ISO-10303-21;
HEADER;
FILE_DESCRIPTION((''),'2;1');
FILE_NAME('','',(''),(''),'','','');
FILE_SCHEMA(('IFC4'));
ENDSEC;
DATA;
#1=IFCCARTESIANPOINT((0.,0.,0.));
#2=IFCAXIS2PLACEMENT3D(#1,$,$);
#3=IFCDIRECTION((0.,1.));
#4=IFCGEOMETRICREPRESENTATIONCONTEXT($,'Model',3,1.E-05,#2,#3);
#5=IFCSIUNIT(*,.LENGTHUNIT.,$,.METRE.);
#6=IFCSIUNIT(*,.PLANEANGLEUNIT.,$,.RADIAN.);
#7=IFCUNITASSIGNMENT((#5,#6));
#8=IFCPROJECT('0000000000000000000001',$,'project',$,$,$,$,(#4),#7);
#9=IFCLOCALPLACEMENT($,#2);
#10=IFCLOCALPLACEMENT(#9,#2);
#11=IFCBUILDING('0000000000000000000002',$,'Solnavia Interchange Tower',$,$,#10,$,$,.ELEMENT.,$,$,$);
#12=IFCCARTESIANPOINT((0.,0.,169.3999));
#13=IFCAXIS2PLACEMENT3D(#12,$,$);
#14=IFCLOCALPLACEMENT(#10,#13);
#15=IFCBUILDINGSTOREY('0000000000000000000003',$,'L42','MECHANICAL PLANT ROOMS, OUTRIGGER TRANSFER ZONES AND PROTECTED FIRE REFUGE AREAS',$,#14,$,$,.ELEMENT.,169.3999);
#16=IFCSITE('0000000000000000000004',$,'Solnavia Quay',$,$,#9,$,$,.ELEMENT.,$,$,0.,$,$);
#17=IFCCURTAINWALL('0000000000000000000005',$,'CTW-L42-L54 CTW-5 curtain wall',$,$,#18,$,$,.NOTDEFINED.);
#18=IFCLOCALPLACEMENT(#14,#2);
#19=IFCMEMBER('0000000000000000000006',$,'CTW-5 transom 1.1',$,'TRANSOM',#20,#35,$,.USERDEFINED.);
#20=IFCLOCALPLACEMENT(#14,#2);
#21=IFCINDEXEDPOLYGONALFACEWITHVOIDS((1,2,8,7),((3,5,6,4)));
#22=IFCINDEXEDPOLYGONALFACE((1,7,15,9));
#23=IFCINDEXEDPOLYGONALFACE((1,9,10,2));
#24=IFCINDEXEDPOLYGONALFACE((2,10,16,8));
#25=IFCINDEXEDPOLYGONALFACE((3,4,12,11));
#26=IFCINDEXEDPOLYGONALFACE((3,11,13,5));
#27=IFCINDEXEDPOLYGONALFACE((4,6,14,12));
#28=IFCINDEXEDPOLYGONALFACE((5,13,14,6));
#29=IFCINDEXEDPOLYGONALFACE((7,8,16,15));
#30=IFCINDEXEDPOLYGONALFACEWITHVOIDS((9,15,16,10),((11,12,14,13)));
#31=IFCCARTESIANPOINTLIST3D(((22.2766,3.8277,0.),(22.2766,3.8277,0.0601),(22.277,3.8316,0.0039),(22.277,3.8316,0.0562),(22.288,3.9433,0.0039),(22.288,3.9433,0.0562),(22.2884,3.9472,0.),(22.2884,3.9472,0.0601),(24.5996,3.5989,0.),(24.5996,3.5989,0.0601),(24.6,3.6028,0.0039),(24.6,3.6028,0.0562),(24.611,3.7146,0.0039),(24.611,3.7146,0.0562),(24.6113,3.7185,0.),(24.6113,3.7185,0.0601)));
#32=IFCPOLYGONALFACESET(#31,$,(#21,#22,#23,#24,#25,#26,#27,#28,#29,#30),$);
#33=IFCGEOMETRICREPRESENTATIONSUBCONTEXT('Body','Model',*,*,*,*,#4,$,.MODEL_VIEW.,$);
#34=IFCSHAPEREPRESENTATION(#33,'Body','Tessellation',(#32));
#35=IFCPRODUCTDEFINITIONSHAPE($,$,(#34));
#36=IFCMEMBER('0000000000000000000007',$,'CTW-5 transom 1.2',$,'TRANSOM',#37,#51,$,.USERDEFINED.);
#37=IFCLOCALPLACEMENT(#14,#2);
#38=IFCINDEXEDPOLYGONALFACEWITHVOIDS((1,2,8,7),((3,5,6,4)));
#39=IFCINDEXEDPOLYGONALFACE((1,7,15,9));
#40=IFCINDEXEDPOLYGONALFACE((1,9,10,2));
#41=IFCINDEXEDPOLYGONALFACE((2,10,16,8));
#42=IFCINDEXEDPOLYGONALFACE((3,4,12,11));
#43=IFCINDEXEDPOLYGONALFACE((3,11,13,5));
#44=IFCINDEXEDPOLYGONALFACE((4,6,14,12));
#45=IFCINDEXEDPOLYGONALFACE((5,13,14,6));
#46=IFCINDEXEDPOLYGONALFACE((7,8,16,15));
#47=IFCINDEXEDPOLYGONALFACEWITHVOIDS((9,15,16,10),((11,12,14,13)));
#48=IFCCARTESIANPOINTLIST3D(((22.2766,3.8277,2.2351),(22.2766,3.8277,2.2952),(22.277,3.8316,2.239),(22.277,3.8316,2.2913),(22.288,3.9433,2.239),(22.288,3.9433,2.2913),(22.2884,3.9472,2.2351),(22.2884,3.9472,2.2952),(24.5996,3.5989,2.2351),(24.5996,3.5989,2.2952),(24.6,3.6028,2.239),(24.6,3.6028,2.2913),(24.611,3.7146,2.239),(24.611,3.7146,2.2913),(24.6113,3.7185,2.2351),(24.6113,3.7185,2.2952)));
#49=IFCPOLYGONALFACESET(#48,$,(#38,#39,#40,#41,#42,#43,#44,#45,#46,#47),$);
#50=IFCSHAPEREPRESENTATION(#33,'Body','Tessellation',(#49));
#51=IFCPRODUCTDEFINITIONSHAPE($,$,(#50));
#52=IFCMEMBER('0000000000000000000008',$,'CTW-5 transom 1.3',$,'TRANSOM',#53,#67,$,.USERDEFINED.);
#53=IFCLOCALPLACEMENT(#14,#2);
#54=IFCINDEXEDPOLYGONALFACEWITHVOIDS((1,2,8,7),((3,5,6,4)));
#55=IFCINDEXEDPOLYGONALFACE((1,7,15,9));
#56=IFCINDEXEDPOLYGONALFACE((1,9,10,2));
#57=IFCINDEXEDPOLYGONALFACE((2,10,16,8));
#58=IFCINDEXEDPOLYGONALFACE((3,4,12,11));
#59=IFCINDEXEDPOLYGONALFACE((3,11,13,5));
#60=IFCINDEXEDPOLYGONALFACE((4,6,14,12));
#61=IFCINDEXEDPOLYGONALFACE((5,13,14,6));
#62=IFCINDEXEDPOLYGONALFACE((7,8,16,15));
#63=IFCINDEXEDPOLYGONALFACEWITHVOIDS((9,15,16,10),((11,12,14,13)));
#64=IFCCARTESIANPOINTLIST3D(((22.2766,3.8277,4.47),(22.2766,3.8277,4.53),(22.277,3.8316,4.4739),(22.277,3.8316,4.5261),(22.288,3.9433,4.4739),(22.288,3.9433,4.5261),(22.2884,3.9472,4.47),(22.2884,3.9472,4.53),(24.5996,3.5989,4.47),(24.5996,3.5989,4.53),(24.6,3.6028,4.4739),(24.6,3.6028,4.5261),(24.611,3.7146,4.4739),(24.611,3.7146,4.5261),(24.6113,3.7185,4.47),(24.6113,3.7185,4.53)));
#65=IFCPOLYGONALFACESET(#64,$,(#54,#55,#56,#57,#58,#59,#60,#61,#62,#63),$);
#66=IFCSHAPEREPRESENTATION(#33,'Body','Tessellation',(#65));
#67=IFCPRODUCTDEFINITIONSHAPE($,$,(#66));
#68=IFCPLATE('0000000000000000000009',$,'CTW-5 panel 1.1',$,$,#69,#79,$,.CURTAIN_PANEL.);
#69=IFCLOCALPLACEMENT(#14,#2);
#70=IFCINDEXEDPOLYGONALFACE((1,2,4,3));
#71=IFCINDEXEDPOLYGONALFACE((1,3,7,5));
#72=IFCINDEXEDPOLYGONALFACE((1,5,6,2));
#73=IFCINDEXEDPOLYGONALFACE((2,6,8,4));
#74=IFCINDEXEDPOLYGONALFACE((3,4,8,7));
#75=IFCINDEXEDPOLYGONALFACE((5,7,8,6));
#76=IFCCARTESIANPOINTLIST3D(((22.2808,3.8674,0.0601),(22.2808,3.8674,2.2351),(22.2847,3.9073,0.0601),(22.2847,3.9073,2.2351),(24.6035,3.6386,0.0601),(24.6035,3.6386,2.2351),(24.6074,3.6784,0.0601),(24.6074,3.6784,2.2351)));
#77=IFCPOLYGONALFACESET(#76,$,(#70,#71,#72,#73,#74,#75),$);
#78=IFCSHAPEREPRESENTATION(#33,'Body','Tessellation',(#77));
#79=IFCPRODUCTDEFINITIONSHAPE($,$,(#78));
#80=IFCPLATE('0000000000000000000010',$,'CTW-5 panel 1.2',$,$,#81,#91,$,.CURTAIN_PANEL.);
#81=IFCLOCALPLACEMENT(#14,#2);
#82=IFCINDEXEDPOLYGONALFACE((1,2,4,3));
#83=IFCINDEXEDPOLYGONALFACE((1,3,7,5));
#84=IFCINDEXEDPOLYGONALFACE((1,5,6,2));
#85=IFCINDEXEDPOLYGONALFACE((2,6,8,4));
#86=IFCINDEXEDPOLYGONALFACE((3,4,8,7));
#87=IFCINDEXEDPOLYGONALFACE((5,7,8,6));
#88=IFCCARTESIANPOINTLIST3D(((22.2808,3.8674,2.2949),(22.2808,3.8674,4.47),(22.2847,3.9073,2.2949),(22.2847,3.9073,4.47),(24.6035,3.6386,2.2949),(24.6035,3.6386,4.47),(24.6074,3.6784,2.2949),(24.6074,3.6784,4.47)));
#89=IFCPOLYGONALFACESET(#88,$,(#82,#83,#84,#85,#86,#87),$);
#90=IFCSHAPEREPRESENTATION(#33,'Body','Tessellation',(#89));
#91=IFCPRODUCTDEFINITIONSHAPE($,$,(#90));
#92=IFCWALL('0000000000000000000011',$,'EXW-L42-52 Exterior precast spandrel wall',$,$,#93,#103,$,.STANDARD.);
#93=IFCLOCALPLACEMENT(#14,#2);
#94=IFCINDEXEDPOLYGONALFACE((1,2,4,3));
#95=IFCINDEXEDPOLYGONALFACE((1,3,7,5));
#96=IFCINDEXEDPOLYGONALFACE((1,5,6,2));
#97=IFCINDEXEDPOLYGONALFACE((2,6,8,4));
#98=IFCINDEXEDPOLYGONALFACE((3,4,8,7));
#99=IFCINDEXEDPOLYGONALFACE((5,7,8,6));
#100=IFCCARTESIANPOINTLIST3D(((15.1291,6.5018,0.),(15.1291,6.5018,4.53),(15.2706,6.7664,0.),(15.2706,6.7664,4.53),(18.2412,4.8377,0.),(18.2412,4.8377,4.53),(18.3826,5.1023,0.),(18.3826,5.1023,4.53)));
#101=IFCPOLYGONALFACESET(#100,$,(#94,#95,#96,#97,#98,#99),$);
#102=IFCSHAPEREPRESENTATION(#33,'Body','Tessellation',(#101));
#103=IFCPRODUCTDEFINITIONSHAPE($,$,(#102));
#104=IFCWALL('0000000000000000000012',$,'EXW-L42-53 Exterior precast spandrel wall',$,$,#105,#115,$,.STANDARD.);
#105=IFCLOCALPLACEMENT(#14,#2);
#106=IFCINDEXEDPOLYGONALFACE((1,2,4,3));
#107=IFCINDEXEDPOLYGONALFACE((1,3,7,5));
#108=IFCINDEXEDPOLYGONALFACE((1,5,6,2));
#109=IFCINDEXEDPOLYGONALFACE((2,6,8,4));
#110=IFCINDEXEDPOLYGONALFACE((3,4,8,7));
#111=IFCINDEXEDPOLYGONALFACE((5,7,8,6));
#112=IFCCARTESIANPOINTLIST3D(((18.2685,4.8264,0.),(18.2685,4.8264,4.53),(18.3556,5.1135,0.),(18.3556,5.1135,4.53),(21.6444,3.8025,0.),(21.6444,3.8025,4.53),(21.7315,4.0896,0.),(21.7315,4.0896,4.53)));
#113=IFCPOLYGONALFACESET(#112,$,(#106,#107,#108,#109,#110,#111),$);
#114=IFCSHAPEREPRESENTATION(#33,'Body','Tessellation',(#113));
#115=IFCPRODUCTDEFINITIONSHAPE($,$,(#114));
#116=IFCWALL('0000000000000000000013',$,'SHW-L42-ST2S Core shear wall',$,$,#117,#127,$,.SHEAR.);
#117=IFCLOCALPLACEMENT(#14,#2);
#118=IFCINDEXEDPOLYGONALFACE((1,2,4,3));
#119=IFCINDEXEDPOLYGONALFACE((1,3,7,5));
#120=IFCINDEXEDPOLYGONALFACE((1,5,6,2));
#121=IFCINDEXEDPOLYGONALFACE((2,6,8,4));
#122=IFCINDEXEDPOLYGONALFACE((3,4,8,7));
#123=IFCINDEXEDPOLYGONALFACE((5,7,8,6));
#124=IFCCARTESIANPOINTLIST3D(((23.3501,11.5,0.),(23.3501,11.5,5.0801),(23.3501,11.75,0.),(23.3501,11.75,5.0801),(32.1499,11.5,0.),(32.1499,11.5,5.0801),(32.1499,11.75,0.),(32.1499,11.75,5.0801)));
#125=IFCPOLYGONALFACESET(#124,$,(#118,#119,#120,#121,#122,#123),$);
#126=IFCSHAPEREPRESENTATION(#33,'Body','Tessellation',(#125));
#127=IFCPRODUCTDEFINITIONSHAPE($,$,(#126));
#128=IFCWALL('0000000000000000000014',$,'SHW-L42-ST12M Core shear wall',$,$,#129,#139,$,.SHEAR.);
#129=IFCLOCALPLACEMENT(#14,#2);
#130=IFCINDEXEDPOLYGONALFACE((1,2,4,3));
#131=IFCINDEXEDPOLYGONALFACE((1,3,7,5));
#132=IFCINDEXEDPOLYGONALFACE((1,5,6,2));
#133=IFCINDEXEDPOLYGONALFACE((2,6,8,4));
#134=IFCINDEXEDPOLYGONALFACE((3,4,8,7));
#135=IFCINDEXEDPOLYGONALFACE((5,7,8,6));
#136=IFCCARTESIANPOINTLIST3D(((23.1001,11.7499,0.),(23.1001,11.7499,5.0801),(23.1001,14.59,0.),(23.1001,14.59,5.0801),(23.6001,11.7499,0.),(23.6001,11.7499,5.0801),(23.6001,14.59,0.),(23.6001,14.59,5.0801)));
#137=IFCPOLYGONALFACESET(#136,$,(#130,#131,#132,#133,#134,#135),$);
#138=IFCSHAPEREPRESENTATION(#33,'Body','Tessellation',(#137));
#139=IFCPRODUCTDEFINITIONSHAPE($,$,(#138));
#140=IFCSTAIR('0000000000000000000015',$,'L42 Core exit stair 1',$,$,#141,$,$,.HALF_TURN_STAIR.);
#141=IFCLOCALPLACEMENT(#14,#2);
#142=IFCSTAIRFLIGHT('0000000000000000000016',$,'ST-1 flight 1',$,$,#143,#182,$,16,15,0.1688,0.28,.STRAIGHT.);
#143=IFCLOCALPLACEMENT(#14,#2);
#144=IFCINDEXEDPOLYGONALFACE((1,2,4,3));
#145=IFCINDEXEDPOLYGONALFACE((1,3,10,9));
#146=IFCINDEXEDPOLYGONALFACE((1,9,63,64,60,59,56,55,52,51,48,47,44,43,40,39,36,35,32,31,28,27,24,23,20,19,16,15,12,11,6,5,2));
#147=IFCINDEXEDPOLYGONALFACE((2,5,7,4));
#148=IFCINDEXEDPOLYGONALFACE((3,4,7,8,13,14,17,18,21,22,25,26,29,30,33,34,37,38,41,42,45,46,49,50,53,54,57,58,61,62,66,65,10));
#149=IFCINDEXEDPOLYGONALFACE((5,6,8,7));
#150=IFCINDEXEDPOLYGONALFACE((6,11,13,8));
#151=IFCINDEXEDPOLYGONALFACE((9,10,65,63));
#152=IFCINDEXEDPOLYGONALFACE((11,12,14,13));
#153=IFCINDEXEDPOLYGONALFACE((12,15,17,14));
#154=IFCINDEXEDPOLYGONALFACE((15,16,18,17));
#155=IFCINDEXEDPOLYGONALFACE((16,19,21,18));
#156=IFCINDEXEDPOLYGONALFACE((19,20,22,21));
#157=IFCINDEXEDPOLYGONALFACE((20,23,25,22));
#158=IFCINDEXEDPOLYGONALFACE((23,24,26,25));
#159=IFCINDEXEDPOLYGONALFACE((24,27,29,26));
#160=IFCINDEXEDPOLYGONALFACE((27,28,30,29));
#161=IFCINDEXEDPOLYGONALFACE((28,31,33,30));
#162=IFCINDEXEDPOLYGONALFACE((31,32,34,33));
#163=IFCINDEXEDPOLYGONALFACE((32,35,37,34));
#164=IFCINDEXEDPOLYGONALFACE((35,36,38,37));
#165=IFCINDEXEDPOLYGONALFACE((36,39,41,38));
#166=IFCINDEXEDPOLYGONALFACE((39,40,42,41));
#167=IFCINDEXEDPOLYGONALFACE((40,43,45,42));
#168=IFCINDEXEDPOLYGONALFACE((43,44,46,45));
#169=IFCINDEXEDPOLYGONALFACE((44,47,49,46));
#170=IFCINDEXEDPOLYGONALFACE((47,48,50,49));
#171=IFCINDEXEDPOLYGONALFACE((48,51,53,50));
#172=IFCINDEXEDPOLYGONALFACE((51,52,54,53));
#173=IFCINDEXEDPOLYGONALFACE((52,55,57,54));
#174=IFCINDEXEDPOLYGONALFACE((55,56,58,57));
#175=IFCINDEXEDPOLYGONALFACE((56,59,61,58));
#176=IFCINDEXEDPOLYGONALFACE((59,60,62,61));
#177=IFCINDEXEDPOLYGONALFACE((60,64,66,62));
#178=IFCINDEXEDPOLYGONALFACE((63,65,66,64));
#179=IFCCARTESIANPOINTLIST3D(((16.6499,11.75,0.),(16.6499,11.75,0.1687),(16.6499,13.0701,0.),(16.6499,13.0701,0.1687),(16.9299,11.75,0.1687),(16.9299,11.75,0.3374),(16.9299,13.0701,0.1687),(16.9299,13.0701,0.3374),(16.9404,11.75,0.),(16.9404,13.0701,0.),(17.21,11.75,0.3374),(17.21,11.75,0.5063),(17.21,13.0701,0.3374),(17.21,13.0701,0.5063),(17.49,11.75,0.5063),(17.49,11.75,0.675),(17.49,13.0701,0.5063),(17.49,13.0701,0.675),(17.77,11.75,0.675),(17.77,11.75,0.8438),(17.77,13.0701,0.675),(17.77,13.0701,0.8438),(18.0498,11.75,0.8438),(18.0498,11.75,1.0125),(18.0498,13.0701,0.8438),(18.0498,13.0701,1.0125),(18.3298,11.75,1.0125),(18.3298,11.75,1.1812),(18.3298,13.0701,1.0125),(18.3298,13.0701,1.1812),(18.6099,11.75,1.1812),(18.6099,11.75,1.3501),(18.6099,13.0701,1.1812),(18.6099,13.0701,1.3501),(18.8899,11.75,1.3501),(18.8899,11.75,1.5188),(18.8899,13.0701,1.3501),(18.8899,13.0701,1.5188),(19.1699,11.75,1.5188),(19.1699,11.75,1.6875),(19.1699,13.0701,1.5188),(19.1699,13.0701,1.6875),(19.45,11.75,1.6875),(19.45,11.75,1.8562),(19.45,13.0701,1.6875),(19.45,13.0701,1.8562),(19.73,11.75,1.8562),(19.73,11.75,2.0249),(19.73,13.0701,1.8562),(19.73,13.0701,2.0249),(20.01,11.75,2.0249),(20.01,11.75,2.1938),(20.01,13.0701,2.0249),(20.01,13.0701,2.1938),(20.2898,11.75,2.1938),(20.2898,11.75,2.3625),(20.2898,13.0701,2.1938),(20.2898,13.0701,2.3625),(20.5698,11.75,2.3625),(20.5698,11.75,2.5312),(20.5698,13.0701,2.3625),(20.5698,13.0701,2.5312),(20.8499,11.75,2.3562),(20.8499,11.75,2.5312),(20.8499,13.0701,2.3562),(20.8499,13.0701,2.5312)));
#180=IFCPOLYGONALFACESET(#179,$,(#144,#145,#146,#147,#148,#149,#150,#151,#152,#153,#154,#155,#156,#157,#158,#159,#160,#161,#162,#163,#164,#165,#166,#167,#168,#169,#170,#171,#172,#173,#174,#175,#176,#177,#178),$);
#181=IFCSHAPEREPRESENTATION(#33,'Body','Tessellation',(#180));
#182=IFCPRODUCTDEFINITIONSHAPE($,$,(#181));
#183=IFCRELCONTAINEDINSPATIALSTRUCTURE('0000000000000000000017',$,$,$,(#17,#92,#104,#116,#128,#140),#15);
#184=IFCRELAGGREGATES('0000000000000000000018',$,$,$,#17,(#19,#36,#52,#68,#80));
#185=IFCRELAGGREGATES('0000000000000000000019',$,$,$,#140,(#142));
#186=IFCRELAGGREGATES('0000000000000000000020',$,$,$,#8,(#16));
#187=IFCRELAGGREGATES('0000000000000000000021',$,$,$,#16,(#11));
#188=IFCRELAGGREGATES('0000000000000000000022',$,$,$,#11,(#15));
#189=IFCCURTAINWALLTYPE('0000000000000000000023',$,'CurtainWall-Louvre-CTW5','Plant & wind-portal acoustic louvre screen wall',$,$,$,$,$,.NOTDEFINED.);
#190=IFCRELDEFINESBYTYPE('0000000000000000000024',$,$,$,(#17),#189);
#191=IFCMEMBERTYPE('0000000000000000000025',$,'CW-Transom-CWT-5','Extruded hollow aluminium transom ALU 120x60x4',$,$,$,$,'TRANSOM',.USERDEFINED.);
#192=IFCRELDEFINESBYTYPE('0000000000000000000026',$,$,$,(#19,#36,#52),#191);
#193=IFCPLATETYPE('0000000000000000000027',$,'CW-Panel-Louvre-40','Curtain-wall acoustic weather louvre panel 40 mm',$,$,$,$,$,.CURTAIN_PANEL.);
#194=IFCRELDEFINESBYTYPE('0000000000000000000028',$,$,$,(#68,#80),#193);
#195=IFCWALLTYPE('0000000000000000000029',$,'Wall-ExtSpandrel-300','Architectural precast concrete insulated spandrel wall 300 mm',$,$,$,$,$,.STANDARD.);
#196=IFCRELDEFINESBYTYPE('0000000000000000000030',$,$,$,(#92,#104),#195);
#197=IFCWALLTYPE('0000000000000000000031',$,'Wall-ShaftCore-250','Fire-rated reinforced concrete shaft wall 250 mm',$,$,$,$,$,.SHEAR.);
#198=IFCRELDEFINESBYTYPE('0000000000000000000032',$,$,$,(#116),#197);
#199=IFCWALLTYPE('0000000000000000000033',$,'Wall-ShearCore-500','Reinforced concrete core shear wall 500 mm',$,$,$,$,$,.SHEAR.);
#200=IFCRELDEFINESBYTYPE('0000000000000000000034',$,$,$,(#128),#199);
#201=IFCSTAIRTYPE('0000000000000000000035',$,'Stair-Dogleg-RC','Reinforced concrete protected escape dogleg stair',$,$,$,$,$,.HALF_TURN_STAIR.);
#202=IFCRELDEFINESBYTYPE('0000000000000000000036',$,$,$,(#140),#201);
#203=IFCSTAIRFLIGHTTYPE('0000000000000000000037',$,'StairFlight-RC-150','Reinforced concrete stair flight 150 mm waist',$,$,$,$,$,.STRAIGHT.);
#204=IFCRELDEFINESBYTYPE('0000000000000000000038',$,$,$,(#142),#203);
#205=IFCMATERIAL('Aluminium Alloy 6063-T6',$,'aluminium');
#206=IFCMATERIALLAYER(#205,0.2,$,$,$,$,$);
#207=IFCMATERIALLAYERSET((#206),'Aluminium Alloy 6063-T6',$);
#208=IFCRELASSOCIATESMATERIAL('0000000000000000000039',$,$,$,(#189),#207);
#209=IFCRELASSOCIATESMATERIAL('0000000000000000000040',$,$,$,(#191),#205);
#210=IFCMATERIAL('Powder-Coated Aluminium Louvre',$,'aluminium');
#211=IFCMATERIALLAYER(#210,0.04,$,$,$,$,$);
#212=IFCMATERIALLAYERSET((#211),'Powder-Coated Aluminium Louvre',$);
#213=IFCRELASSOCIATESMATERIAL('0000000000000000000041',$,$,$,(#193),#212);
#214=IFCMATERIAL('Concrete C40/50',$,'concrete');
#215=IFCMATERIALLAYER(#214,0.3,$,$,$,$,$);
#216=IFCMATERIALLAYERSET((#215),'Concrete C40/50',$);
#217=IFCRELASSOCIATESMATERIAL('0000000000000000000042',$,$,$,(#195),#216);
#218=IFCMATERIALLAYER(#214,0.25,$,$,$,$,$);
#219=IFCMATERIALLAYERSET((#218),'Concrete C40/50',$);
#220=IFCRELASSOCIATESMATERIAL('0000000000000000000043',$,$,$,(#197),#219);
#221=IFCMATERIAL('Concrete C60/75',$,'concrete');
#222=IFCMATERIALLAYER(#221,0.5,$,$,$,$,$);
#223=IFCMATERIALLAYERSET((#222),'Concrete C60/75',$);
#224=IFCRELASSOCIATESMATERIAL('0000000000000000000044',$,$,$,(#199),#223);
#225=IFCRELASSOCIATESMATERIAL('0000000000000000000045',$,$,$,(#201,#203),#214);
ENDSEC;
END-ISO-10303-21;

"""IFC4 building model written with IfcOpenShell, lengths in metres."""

from ifc_helpers import new_model, si_unit, direction, frame, frame_2d, origin, origin_2d, place, context, subcontext, project, spatial, polyline, rectangle, hollow_rectangle, outline, extrude, material, layer, layer_set, material_profile, profile_set, type_object, element, aggregate, save


model = new_model("IFC4")

# Units and contexts
model_context = context("Model", 3, precision=1e-05, world=origin(), true_north=direction((0.0, 1.0)))
body_context = subcontext(model_context, "Body", "Model", "MODEL_VIEW")
ifc_project = project(units=[si_unit("LENGTHUNIT", "METRE"), si_unit("PLANEANGLEUNIT", "RADIAN")], contexts=[model_context])

# Site, building, storey
site_placement = place(None, origin())
site = spatial("IfcSite", under=ifc_project, at=site_placement, Name="Solnavia Quay", CompositionType="ELEMENT", RefElevation=0.0)
building_placement = place(site_placement, origin())
building = spatial("IfcBuilding", under=site, at=building_placement, Name="Solnavia Interchange Tower", CompositionType="ELEMENT")
storey_placement = place(building_placement, frame((0.0, 0.0, 169.3999)))
storey = spatial("IfcBuildingStorey", under=building, at=storey_placement, Name="L42", Description="MECHANICAL PLANT ROOMS, OUTRIGGER TRANSFER ZONES AND PROTECTED FIRE REFUGE AREAS", CompositionType="ELEMENT", Elevation=169.3999)

# Curtain wall, members, plates
ifc_material_1 = material(Name="Aluminium Alloy 6063-T6", Category="aluminium")
ifc_layer_1 = layer(ifc_material_1, 0.2)
ifc_layer_set_1 = layer_set([ifc_layer_1], Name="Aluminium Alloy 6063-T6")
curtain_wall_type = type_object("IfcCurtainWallType", Name="CurtainWall-Louvre-CTW5", Description="Plant & wind-portal acoustic louvre screen wall", PredefinedType="NOTDEFINED", material=ifc_layer_set_1)
curtain_wall_placement = place(storey_placement, origin())
curtain_wall = element("IfcCurtainWall", 1, at=curtain_wall_placement, inside=storey, type_object=curtain_wall_type, Name="CTW-L42-L54 CTW-5 curtain wall", PredefinedType="NOTDEFINED")
ifc_material_profile_1 = material_profile(ifc_material_1, hollow_rectangle(XDim=0.0601, YDim=0.1201, WallThickness=0.0039, at=origin_2d()), Name="ALU 120x60x4")
ifc_profile_set_1 = profile_set([ifc_material_profile_1], Name="Aluminium Alloy 6063-T6")
member_type_1 = type_object("IfcMemberType", Name="CW-Transom-CWT-5", Description="Extruded hollow aluminium transom ALU 120x60x4", ElementType="TRANSOM", PredefinedType="USERDEFINED", material=ifc_profile_set_1)
member_1_placement = place(storey_placement, frame((22.2825, 3.8875, 0.03), z_axis=(0.995186, -0.098002, 0.0), x_axis=(0.0, 0.0, 1.0)))
member_1 = element("IfcMember", 2, at=member_1_placement, type_object=member_type_1, Name="CTW-5 transom 1.1", ObjectType="TRANSOM", PredefinedType="USERDEFINED", context=body_context, shape_type="SweptSolid", body=[
    extrude(hollow_rectangle(XDim=0.0601, YDim=0.1201, WallThickness=0.0039, at=origin_2d()), origin(), (0.0, 0.0, 1.0), 2.3342),
])
member_2_placement = place(storey_placement, frame((22.2825, 3.8875, 2.2651), z_axis=(0.995186, -0.098002, 0.0), x_axis=(0.0, 0.0, 1.0)))
member_2 = element("IfcMember", 3, at=member_2_placement, type_object=member_type_1, Name="CTW-5 transom 1.2", ObjectType="TRANSOM", PredefinedType="USERDEFINED", context=body_context, shape_type="SweptSolid", body=[
    extrude(hollow_rectangle(XDim=0.0601, YDim=0.1201, WallThickness=0.0039, at=origin_2d()), origin(), (0.0, 0.0, 1.0), 2.3342),
])
member_3_placement = place(storey_placement, frame((22.2825, 3.8875, 4.5), z_axis=(0.995186, -0.098002, 0.0), x_axis=(0.0, 0.0, 1.0)))
member_3 = element("IfcMember", 4, at=member_3_placement, type_object=member_type_1, Name="CTW-5 transom 1.3", ObjectType="TRANSOM", PredefinedType="USERDEFINED", context=body_context, shape_type="SweptSolid", body=[
    extrude(hollow_rectangle(XDim=0.0601, YDim=0.1201, WallThickness=0.0039, at=origin_2d()), origin(), (0.0, 0.0, 1.0), 2.3342),
])
ifc_material_2 = material(Name="Powder-Coated Aluminium Louvre", Category="aluminium")
ifc_layer_2 = layer(ifc_material_2, 0.04)
ifc_layer_set_2 = layer_set([ifc_layer_2], Name="Powder-Coated Aluminium Louvre")
plate_type = type_object("IfcPlateType", Name="CW-Panel-Louvre-40", Description="Curtain-wall acoustic weather louvre panel 40 mm", PredefinedType="CURTAIN_PANEL", material=ifc_layer_set_2)
plate_1_placement = place(storey_placement, frame((23.4441, 3.7729, 0.0601), z_axis=(0.0, 0.0, 1.0), x_axis=(0.995182, -0.098049, 0.0)))
plate_1 = element("IfcPlate", 5, at=plate_1_placement, type_object=plate_type, Name="CTW-5 panel 1.1", PredefinedType="CURTAIN_PANEL", context=body_context, shape_type="SweptSolid", body=[
    extrude(rectangle(XDim=2.334, YDim=0.04, at=origin_2d()), origin(), (0.0, 0.0, 1.0), 2.175),
])
plate_2_placement = place(storey_placement, frame((23.4441, 3.7729, 2.2949), z_axis=(0.0, 0.0, 1.0), x_axis=(0.995182, -0.098049, 0.0)))
plate_2 = element("IfcPlate", 6, at=plate_2_placement, type_object=plate_type, Name="CTW-5 panel 1.2", PredefinedType="CURTAIN_PANEL", context=body_context, shape_type="SweptSolid", body=[
    extrude(rectangle(XDim=2.334, YDim=0.04, at=origin_2d()), origin(), (0.0, 0.0, 1.0), 2.175),
])
aggregate(curtain_wall, [member_1, member_2, member_3, plate_1, plate_2])

# Walls
ifc_material_3 = material(Name="Concrete C40/50", Category="concrete")
ifc_layer_3 = layer(ifc_material_3, 0.3)
ifc_layer_set_3 = layer_set([ifc_layer_3], Name="Concrete C40/50")
wall_type_1 = type_object("IfcWallType", Name="Wall-ExtSpandrel-300", Description="Architectural precast concrete insulated spandrel wall 300 mm", PredefinedType="STANDARD", material=ifc_layer_set_3)
wall_1_placement = place(storey_placement, frame((18.312, 4.97, 0.0), z_axis=(0.0, 0.0, 1.0), x_axis=(-0.881847, 0.471536, 0.0)))
element("IfcWall", 7, at=wall_1_placement, inside=storey, type_object=wall_type_1, Name="EXW-L42-52 Exterior precast spandrel wall", PredefinedType="STANDARD", context=body_context, shape_type="SweptSolid", body=[
    extrude(rectangle(XDim=3.5291, YDim=0.3, at=frame_2d((1.7646, 0.0))), origin(), (0.0, 0.0, 1.0), 4.53),
])
wall_2_placement = place(storey_placement, frame((21.688, 3.946, 0.0), z_axis=(0.0, 0.0, 1.0), x_axis=(-0.956953, 0.290242, 0.0)))
element("IfcWall", 8, at=wall_2_placement, inside=storey, type_object=wall_type_1, Name="EXW-L42-53 Exterior precast spandrel wall", PredefinedType="STANDARD", context=body_context, shape_type="SweptSolid", body=[
    extrude(rectangle(XDim=3.5278, YDim=0.3, at=frame_2d((1.7639, 0.0))), origin(), (0.0, 0.0, 1.0), 4.53),
])
ifc_layer_4 = layer(ifc_material_3, 0.25)
ifc_layer_set_4 = layer_set([ifc_layer_4], Name="Concrete C40/50")
wall_type_2 = type_object("IfcWallType", Name="Wall-ShaftCore-250", Description="Fire-rated reinforced concrete shaft wall 250 mm", PredefinedType="SHEAR", material=ifc_layer_set_4)
wall_3_placement = place(storey_placement, frame((23.3501, 11.625, 0.0), z_axis=(0.0, 0.0, 1.0), x_axis=(1.0, 0.0, 0.0)))
element("IfcWall", 9, at=wall_3_placement, inside=storey, type_object=wall_type_2, Name="SHW-L42-ST2S Core shear wall", PredefinedType="SHEAR", context=body_context, shape_type="SweptSolid", body=[
    extrude(rectangle(XDim=8.7998, YDim=0.25, at=frame_2d((4.3999, 0.0))), origin(), (0.0, 0.0, 1.0), 5.0801),
])
ifc_material_4 = material(Name="Concrete C60/75", Category="concrete")
ifc_layer_5 = layer(ifc_material_4, 0.5)
ifc_layer_set_5 = layer_set([ifc_layer_5], Name="Concrete C60/75")
wall_type_3 = type_object("IfcWallType", Name="Wall-ShearCore-500", Description="Reinforced concrete core shear wall 500 mm", PredefinedType="SHEAR", material=ifc_layer_set_5)
wall_4_placement = place(storey_placement, frame((23.3501, 11.75, 0.0), z_axis=(0.0, 0.0, 1.0), x_axis=(0.0, 1.0, 0.0)))
element("IfcWall", 10, at=wall_4_placement, inside=storey, type_object=wall_type_3, Name="SHW-L42-ST12M Core shear wall", PredefinedType="SHEAR", context=body_context, shape_type="SweptSolid", body=[
    extrude(rectangle(XDim=2.8401, YDim=0.5, at=frame_2d((1.4199, 0.0))), origin(), (0.0, 0.0, 1.0), 5.0801),
])

# Stair, stair flight
stair_type = type_object("IfcStairType", Name="Stair-Dogleg-RC", Description="Reinforced concrete protected escape dogleg stair", PredefinedType="HALF_TURN_STAIR", material=ifc_material_3)
stair_placement = place(storey_placement, origin())
stair = element("IfcStair", 11, at=stair_placement, inside=storey, type_object=stair_type, Name="L42 Core exit stair 1", PredefinedType="HALF_TURN_STAIR")
stair_flight_type = type_object("IfcStairFlightType", Name="StairFlight-RC-150", Description="Reinforced concrete stair flight 150 mm waist", PredefinedType="STRAIGHT", material=ifc_material_3)
stair_flight_placement = place(storey_placement, frame((16.6499, 12.4099, 0.0), z_axis=(0.0, 0.0, 1.0), x_axis=(1.0, 0.0, 0.0)))
stair_flight = element("IfcStairFlight", 12, at=stair_flight_placement, type_object=stair_flight_type, Name="ST-1 flight 1", NumberOfRisers=16, NumberOfTreads=15, PredefinedType="STRAIGHT", RiserHeight=0.1688, TreadLength=0.28, context=body_context, shape_type="SweptSolid", body=[
    extrude(outline(polyline([(0.0, 0.0), (0.0, 0.1687), (0.28, 0.1687), (0.28, 0.3374), (0.5601, 0.3374), (0.5601, 0.5063), (0.8401, 0.5063), (0.8401, 0.675), (1.1201, 0.675), (1.1201, 0.8438), (1.3999, 0.8438), (1.3999, 1.0125), (1.6799, 1.0125), (1.6799, 1.1812), (1.96, 1.1812), (1.96, 1.3501), (2.24, 1.3501), (2.24, 1.5188), (2.52, 1.5188), (2.52, 1.6875), (2.8, 1.6875), (2.8, 1.8562), (3.0801, 1.8562), (3.0801, 2.0249), (3.3601, 2.0249), (3.3601, 2.1938), (3.6399, 2.1938), (3.6399, 2.3625), (3.9199, 2.3625), (3.9199, 2.5312), (4.2, 2.5312), (4.2, 2.7), (4.2, 2.3562), (0.2905, 0.0), (0.0, 0.0)])), frame((0.0, 0.6602, 0.0), z_axis=(0.0, -1.0, 0.0), x_axis=(1.0, 0.0, 0.0)), (0.0, 0.0, 1.0), 1.3201),
])
aggregate(stair, [stair_flight])

save(model, "model.ifc")
